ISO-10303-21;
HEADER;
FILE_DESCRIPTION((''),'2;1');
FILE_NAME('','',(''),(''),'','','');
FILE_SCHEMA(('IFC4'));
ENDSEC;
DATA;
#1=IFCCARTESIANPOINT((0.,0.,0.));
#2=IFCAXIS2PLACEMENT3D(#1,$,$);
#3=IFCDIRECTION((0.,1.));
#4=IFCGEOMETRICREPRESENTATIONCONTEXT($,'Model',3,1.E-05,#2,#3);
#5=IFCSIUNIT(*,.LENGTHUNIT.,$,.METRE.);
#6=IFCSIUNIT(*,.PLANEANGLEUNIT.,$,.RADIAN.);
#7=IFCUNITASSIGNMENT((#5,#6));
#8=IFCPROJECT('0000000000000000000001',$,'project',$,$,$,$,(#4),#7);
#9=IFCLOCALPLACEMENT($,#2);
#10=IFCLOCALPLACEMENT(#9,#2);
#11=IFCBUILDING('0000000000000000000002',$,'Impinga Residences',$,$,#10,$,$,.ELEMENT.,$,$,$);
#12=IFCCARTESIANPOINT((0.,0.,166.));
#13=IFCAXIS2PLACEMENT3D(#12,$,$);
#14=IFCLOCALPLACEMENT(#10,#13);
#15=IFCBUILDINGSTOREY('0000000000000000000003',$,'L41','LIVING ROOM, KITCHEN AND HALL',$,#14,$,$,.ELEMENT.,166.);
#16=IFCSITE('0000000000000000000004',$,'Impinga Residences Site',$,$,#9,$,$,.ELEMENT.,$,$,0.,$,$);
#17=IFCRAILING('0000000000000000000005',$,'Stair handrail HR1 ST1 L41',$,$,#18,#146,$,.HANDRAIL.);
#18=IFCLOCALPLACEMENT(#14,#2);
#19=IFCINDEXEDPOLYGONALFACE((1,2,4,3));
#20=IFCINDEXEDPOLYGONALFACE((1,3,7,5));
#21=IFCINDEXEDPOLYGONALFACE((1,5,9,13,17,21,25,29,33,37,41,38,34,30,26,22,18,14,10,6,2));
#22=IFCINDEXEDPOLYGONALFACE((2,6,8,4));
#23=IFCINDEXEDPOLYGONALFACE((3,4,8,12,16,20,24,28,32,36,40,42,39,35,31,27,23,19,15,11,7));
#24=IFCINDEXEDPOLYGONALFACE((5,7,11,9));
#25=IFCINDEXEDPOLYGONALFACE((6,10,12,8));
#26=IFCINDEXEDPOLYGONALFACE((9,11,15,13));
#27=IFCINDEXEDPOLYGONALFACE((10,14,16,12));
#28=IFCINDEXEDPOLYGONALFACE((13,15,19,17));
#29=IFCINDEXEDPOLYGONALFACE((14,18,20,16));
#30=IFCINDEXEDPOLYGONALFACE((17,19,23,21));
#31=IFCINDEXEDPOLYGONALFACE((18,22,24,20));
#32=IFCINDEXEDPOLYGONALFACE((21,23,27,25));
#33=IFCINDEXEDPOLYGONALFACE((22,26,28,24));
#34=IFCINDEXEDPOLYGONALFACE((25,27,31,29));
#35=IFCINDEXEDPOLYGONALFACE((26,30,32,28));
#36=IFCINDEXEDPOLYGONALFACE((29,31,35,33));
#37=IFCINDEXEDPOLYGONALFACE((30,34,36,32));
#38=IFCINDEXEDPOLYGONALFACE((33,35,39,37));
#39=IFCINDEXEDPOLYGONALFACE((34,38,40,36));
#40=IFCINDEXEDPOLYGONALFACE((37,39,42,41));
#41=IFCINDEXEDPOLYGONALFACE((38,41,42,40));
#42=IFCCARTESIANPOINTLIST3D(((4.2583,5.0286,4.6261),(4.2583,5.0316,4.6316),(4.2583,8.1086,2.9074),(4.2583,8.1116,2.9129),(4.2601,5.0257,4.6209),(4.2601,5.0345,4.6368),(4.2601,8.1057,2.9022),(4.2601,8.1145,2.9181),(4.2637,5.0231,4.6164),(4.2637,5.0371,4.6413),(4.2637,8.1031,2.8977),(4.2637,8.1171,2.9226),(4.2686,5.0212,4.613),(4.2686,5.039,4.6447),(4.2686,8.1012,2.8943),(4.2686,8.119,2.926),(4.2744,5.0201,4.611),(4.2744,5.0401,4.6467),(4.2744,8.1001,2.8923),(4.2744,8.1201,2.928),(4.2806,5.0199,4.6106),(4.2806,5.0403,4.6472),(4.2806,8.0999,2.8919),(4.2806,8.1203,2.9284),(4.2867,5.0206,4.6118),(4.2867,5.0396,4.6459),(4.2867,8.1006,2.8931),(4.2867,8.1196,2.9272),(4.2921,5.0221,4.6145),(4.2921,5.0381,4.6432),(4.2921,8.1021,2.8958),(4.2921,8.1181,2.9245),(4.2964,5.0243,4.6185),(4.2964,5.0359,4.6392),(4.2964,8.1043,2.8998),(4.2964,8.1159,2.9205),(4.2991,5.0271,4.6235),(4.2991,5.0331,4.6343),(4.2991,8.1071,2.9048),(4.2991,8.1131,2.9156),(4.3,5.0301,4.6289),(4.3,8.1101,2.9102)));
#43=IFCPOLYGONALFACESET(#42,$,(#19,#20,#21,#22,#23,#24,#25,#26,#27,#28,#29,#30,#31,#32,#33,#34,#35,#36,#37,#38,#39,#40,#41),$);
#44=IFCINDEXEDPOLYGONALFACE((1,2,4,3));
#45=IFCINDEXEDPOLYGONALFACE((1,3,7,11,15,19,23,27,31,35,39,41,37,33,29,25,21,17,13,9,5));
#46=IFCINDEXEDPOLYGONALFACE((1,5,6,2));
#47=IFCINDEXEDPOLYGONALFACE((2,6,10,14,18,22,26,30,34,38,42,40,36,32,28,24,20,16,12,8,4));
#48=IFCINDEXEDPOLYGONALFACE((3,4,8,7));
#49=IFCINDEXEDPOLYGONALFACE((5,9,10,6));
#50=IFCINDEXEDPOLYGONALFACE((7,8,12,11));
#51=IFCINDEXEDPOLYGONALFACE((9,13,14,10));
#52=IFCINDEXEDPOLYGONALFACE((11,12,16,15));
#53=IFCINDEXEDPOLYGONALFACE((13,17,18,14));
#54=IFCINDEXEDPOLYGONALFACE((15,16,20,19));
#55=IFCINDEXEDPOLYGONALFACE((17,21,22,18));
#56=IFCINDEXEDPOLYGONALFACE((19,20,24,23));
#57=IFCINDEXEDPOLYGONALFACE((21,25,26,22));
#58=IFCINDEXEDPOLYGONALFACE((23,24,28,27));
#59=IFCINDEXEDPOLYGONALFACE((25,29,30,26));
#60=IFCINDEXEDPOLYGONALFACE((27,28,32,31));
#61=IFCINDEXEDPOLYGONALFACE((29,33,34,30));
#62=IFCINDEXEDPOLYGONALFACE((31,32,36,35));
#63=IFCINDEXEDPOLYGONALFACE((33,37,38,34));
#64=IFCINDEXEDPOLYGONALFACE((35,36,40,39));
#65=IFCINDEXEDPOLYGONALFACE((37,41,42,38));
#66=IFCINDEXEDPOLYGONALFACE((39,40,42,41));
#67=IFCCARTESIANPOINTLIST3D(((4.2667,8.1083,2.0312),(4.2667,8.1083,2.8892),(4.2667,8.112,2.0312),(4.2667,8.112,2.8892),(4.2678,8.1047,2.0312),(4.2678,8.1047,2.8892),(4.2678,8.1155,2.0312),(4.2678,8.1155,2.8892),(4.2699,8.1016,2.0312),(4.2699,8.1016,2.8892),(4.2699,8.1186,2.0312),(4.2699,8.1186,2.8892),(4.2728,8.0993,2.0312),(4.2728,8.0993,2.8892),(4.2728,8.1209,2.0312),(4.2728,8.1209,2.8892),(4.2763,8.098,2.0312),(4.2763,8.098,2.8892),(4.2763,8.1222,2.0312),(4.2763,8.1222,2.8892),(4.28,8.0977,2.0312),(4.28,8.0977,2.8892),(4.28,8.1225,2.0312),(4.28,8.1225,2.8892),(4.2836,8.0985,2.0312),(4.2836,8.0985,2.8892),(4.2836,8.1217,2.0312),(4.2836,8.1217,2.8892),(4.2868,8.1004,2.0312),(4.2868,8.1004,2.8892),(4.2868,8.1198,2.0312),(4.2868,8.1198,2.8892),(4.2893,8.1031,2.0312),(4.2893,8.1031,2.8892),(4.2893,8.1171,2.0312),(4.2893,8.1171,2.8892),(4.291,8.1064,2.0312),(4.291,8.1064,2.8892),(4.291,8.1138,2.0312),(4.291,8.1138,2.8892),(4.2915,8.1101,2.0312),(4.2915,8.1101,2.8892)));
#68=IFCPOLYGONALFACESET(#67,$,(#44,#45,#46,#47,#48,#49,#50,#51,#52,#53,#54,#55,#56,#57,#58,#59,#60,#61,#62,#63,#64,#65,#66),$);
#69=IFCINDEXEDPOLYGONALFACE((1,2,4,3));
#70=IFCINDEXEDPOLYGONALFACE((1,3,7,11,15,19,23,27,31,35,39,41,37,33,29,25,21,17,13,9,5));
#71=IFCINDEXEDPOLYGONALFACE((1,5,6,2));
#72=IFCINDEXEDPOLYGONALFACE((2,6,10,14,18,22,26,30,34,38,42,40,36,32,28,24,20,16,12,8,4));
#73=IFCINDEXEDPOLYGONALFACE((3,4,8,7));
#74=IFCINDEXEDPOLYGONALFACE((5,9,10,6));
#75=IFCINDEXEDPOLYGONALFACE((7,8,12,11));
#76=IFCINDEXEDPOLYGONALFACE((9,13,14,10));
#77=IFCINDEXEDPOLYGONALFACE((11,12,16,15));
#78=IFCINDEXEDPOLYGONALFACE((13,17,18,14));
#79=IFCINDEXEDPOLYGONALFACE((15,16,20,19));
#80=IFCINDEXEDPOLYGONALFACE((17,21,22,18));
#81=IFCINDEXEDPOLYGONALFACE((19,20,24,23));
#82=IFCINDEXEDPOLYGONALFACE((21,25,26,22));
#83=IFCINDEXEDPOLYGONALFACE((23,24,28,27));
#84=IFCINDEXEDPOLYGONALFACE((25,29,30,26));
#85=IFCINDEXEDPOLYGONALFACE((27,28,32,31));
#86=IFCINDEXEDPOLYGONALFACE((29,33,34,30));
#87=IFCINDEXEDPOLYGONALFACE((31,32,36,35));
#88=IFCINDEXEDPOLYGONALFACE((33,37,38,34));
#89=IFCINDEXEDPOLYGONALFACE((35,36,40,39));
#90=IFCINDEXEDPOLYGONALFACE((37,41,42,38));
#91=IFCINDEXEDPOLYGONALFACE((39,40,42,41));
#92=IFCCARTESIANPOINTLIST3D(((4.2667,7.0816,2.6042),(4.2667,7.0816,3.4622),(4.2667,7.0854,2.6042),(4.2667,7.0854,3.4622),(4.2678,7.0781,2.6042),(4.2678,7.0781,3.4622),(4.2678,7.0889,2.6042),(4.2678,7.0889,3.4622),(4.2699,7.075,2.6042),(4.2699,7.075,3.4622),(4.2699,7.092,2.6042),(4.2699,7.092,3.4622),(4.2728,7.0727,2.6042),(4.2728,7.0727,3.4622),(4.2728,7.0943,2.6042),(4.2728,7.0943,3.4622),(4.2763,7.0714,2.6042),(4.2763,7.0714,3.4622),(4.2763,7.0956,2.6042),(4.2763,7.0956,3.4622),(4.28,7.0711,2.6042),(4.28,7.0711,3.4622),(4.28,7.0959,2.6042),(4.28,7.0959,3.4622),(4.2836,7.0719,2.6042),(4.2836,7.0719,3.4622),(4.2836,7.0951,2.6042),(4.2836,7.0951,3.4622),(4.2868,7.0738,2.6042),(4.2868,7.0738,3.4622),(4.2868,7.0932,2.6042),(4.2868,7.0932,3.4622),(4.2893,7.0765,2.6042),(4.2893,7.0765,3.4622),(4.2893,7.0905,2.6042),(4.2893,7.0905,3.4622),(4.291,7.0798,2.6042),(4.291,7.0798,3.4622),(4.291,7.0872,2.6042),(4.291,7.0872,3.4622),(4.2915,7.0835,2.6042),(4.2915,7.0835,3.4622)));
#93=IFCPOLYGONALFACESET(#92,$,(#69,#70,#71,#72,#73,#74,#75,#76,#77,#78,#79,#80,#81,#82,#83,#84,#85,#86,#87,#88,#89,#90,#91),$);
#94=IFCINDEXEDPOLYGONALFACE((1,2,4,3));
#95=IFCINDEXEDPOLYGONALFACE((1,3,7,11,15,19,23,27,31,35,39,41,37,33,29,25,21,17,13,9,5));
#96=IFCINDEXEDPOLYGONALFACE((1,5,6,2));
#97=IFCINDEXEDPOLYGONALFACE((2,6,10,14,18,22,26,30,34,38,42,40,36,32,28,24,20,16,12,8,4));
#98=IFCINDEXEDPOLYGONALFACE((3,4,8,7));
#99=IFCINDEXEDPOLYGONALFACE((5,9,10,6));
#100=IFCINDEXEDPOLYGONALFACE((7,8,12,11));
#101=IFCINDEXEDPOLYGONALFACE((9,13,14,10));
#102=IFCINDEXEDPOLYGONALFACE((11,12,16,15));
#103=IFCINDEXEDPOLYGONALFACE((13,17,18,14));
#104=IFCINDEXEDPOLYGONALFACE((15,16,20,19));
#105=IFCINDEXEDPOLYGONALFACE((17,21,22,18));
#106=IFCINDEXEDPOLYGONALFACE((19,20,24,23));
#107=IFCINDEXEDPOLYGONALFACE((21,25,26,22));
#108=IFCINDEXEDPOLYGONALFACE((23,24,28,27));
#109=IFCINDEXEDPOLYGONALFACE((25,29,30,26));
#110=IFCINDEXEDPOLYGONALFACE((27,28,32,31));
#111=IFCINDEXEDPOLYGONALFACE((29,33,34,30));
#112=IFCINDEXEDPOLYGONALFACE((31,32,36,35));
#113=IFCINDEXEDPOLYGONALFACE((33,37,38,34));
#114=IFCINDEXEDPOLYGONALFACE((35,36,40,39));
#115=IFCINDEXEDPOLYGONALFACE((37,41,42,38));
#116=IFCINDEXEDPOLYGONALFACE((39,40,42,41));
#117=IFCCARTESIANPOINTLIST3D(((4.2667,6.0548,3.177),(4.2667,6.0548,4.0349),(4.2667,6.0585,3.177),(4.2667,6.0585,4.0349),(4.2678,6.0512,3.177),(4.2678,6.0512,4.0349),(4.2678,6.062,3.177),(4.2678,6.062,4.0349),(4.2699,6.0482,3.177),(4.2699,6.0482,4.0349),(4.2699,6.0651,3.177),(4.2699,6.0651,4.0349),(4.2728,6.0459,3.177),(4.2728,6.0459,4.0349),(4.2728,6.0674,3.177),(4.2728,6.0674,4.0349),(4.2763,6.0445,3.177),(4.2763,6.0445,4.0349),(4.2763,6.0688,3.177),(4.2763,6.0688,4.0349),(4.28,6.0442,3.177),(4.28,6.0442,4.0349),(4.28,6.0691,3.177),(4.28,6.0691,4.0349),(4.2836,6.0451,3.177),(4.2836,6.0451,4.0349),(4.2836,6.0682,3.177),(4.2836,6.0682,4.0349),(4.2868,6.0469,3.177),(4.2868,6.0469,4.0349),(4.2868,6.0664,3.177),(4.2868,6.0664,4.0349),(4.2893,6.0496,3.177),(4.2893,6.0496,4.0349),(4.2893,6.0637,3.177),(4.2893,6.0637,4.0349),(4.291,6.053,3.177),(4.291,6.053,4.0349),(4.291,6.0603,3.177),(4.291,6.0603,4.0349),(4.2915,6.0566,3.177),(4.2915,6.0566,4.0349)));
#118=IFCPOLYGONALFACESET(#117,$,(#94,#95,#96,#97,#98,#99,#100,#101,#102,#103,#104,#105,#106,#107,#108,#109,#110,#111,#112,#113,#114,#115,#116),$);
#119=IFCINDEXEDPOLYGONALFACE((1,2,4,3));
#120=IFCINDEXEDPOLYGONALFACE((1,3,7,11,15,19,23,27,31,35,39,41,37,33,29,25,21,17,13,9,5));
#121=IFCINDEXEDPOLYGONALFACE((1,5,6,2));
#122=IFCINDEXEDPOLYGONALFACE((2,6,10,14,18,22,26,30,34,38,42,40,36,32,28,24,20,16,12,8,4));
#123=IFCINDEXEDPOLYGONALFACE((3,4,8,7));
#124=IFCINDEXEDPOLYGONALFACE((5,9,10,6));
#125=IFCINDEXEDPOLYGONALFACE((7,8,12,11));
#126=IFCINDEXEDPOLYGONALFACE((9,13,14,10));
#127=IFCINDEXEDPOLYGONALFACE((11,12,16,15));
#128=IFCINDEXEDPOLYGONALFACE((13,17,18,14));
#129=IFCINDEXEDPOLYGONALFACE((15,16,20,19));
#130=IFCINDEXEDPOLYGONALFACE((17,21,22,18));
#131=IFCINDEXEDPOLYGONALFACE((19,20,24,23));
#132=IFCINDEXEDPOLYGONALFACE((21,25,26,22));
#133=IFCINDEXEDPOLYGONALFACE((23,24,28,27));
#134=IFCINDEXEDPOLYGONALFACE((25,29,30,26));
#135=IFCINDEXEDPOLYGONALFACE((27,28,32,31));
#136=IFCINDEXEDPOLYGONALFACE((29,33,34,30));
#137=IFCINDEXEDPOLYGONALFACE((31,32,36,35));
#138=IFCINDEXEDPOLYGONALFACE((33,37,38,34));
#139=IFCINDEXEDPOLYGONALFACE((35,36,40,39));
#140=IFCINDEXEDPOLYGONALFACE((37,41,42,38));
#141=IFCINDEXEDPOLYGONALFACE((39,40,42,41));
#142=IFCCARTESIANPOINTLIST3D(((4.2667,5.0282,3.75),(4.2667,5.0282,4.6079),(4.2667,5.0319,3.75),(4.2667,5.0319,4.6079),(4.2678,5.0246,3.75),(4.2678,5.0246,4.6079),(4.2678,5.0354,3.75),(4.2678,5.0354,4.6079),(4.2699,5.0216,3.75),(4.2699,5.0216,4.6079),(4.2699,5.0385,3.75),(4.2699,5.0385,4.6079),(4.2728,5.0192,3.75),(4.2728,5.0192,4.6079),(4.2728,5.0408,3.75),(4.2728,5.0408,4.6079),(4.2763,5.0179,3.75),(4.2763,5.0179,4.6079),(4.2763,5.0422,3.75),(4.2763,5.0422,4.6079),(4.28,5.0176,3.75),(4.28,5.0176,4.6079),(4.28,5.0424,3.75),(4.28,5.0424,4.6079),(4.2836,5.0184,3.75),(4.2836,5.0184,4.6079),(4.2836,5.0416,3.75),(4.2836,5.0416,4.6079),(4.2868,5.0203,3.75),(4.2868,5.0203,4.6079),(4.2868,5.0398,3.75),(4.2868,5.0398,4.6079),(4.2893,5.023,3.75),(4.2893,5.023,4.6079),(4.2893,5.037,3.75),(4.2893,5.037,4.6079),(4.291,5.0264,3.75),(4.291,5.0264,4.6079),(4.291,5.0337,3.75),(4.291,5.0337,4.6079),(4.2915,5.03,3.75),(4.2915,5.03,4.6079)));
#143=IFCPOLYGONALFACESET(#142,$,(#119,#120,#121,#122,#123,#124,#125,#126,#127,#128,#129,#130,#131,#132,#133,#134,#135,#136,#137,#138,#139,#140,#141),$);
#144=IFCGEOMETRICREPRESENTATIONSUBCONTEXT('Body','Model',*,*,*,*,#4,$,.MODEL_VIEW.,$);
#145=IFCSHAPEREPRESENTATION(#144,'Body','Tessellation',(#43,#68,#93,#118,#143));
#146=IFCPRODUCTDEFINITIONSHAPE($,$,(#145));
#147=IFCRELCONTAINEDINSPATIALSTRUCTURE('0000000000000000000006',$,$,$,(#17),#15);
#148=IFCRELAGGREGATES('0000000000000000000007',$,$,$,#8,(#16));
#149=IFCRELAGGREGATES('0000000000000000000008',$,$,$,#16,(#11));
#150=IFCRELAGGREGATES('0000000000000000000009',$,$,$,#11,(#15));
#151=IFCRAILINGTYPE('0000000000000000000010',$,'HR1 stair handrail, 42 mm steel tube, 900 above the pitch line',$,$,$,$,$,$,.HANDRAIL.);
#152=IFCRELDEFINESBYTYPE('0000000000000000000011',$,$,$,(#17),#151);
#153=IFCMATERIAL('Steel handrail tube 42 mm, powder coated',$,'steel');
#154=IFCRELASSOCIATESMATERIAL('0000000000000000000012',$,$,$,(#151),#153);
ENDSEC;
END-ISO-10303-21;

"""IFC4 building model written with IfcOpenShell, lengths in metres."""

from ifc_helpers import new_model, si_unit, direction, frame, origin, origin_2d, place, context, subcontext, project, spatial, circle, extrude, material, type_object, element, save


model = new_model("IFC4")

# Units and contexts
model_context = context("Model", 3, precision=1e-05, world=origin(), true_north=direction((0.0, 1.0)))
body_context = subcontext(model_context, "Body", "Model", "MODEL_VIEW")
ifc_project = project(units=[si_unit("LENGTHUNIT", "METRE"), si_unit("PLANEANGLEUNIT", "RADIAN")], contexts=[model_context])

# Site, building, storey
site_placement = place(None, origin())
site = spatial("IfcSite", under=ifc_project, at=site_placement, Name="Impinga Residences Site", CompositionType="ELEMENT", RefElevation=0.0)
building_placement = place(site_placement, origin())
building = spatial("IfcBuilding", under=site, at=building_placement, Name="Impinga Residences", CompositionType="ELEMENT")
storey_placement = place(building_placement, frame((0.0, 0.0, 166.0)))
storey = spatial("IfcBuildingStorey", under=building, at=storey_placement, Name="L41", Description="LIVING ROOM, KITCHEN AND HALL", CompositionType="ELEMENT", Elevation=166.0)

# Railing
ifc_material_1 = material(Name="Steel handrail tube 42 mm, powder coated", Category="steel")
railing_type_1 = type_object("IfcRailingType", Name="HR1 stair handrail, 42 mm steel tube, 900 above the pitch line", PredefinedType="HANDRAIL", material=ifc_material_1)
railing_1_placement = place(storey_placement, frame((4.2791, 8.1101, 2.0312)))
element("IfcRailing", 1, at=railing_1_placement, inside=storey, type_object=railing_type_1, Name="Stair handrail HR1 ST1 L41", PredefinedType="HANDRAIL", context=body_context, shape_type="SweptSolid", body=[
    extrude(circle(Radius=0.021, at=origin_2d()), frame((0.0, 0.0, 0.8789), z_axis=(0.0, -0.873242, 0.487288), x_axis=(1.0, 0.0, 0.0)), (0.0, 0.0, 1.0), 3.5271),
    extrude(circle(Radius=0.0125, at=origin_2d()), origin(), (0.0, 0.0, 1.0), 0.8579),
    extrude(circle(Radius=0.0125, at=origin_2d()), frame((0.0, -1.0266, 0.573)), (0.0, 0.0, 1.0), 0.8579),
    extrude(circle(Radius=0.0125, at=origin_2d()), frame((0.0, -2.0535, 1.1458)), (0.0, 0.0, 1.0), 0.8579),
    extrude(circle(Radius=0.0125, at=origin_2d()), frame((0.0, -3.0801, 1.7188)), (0.0, 0.0, 1.0), 0.8579),
])

save(model, "model.ifc")
